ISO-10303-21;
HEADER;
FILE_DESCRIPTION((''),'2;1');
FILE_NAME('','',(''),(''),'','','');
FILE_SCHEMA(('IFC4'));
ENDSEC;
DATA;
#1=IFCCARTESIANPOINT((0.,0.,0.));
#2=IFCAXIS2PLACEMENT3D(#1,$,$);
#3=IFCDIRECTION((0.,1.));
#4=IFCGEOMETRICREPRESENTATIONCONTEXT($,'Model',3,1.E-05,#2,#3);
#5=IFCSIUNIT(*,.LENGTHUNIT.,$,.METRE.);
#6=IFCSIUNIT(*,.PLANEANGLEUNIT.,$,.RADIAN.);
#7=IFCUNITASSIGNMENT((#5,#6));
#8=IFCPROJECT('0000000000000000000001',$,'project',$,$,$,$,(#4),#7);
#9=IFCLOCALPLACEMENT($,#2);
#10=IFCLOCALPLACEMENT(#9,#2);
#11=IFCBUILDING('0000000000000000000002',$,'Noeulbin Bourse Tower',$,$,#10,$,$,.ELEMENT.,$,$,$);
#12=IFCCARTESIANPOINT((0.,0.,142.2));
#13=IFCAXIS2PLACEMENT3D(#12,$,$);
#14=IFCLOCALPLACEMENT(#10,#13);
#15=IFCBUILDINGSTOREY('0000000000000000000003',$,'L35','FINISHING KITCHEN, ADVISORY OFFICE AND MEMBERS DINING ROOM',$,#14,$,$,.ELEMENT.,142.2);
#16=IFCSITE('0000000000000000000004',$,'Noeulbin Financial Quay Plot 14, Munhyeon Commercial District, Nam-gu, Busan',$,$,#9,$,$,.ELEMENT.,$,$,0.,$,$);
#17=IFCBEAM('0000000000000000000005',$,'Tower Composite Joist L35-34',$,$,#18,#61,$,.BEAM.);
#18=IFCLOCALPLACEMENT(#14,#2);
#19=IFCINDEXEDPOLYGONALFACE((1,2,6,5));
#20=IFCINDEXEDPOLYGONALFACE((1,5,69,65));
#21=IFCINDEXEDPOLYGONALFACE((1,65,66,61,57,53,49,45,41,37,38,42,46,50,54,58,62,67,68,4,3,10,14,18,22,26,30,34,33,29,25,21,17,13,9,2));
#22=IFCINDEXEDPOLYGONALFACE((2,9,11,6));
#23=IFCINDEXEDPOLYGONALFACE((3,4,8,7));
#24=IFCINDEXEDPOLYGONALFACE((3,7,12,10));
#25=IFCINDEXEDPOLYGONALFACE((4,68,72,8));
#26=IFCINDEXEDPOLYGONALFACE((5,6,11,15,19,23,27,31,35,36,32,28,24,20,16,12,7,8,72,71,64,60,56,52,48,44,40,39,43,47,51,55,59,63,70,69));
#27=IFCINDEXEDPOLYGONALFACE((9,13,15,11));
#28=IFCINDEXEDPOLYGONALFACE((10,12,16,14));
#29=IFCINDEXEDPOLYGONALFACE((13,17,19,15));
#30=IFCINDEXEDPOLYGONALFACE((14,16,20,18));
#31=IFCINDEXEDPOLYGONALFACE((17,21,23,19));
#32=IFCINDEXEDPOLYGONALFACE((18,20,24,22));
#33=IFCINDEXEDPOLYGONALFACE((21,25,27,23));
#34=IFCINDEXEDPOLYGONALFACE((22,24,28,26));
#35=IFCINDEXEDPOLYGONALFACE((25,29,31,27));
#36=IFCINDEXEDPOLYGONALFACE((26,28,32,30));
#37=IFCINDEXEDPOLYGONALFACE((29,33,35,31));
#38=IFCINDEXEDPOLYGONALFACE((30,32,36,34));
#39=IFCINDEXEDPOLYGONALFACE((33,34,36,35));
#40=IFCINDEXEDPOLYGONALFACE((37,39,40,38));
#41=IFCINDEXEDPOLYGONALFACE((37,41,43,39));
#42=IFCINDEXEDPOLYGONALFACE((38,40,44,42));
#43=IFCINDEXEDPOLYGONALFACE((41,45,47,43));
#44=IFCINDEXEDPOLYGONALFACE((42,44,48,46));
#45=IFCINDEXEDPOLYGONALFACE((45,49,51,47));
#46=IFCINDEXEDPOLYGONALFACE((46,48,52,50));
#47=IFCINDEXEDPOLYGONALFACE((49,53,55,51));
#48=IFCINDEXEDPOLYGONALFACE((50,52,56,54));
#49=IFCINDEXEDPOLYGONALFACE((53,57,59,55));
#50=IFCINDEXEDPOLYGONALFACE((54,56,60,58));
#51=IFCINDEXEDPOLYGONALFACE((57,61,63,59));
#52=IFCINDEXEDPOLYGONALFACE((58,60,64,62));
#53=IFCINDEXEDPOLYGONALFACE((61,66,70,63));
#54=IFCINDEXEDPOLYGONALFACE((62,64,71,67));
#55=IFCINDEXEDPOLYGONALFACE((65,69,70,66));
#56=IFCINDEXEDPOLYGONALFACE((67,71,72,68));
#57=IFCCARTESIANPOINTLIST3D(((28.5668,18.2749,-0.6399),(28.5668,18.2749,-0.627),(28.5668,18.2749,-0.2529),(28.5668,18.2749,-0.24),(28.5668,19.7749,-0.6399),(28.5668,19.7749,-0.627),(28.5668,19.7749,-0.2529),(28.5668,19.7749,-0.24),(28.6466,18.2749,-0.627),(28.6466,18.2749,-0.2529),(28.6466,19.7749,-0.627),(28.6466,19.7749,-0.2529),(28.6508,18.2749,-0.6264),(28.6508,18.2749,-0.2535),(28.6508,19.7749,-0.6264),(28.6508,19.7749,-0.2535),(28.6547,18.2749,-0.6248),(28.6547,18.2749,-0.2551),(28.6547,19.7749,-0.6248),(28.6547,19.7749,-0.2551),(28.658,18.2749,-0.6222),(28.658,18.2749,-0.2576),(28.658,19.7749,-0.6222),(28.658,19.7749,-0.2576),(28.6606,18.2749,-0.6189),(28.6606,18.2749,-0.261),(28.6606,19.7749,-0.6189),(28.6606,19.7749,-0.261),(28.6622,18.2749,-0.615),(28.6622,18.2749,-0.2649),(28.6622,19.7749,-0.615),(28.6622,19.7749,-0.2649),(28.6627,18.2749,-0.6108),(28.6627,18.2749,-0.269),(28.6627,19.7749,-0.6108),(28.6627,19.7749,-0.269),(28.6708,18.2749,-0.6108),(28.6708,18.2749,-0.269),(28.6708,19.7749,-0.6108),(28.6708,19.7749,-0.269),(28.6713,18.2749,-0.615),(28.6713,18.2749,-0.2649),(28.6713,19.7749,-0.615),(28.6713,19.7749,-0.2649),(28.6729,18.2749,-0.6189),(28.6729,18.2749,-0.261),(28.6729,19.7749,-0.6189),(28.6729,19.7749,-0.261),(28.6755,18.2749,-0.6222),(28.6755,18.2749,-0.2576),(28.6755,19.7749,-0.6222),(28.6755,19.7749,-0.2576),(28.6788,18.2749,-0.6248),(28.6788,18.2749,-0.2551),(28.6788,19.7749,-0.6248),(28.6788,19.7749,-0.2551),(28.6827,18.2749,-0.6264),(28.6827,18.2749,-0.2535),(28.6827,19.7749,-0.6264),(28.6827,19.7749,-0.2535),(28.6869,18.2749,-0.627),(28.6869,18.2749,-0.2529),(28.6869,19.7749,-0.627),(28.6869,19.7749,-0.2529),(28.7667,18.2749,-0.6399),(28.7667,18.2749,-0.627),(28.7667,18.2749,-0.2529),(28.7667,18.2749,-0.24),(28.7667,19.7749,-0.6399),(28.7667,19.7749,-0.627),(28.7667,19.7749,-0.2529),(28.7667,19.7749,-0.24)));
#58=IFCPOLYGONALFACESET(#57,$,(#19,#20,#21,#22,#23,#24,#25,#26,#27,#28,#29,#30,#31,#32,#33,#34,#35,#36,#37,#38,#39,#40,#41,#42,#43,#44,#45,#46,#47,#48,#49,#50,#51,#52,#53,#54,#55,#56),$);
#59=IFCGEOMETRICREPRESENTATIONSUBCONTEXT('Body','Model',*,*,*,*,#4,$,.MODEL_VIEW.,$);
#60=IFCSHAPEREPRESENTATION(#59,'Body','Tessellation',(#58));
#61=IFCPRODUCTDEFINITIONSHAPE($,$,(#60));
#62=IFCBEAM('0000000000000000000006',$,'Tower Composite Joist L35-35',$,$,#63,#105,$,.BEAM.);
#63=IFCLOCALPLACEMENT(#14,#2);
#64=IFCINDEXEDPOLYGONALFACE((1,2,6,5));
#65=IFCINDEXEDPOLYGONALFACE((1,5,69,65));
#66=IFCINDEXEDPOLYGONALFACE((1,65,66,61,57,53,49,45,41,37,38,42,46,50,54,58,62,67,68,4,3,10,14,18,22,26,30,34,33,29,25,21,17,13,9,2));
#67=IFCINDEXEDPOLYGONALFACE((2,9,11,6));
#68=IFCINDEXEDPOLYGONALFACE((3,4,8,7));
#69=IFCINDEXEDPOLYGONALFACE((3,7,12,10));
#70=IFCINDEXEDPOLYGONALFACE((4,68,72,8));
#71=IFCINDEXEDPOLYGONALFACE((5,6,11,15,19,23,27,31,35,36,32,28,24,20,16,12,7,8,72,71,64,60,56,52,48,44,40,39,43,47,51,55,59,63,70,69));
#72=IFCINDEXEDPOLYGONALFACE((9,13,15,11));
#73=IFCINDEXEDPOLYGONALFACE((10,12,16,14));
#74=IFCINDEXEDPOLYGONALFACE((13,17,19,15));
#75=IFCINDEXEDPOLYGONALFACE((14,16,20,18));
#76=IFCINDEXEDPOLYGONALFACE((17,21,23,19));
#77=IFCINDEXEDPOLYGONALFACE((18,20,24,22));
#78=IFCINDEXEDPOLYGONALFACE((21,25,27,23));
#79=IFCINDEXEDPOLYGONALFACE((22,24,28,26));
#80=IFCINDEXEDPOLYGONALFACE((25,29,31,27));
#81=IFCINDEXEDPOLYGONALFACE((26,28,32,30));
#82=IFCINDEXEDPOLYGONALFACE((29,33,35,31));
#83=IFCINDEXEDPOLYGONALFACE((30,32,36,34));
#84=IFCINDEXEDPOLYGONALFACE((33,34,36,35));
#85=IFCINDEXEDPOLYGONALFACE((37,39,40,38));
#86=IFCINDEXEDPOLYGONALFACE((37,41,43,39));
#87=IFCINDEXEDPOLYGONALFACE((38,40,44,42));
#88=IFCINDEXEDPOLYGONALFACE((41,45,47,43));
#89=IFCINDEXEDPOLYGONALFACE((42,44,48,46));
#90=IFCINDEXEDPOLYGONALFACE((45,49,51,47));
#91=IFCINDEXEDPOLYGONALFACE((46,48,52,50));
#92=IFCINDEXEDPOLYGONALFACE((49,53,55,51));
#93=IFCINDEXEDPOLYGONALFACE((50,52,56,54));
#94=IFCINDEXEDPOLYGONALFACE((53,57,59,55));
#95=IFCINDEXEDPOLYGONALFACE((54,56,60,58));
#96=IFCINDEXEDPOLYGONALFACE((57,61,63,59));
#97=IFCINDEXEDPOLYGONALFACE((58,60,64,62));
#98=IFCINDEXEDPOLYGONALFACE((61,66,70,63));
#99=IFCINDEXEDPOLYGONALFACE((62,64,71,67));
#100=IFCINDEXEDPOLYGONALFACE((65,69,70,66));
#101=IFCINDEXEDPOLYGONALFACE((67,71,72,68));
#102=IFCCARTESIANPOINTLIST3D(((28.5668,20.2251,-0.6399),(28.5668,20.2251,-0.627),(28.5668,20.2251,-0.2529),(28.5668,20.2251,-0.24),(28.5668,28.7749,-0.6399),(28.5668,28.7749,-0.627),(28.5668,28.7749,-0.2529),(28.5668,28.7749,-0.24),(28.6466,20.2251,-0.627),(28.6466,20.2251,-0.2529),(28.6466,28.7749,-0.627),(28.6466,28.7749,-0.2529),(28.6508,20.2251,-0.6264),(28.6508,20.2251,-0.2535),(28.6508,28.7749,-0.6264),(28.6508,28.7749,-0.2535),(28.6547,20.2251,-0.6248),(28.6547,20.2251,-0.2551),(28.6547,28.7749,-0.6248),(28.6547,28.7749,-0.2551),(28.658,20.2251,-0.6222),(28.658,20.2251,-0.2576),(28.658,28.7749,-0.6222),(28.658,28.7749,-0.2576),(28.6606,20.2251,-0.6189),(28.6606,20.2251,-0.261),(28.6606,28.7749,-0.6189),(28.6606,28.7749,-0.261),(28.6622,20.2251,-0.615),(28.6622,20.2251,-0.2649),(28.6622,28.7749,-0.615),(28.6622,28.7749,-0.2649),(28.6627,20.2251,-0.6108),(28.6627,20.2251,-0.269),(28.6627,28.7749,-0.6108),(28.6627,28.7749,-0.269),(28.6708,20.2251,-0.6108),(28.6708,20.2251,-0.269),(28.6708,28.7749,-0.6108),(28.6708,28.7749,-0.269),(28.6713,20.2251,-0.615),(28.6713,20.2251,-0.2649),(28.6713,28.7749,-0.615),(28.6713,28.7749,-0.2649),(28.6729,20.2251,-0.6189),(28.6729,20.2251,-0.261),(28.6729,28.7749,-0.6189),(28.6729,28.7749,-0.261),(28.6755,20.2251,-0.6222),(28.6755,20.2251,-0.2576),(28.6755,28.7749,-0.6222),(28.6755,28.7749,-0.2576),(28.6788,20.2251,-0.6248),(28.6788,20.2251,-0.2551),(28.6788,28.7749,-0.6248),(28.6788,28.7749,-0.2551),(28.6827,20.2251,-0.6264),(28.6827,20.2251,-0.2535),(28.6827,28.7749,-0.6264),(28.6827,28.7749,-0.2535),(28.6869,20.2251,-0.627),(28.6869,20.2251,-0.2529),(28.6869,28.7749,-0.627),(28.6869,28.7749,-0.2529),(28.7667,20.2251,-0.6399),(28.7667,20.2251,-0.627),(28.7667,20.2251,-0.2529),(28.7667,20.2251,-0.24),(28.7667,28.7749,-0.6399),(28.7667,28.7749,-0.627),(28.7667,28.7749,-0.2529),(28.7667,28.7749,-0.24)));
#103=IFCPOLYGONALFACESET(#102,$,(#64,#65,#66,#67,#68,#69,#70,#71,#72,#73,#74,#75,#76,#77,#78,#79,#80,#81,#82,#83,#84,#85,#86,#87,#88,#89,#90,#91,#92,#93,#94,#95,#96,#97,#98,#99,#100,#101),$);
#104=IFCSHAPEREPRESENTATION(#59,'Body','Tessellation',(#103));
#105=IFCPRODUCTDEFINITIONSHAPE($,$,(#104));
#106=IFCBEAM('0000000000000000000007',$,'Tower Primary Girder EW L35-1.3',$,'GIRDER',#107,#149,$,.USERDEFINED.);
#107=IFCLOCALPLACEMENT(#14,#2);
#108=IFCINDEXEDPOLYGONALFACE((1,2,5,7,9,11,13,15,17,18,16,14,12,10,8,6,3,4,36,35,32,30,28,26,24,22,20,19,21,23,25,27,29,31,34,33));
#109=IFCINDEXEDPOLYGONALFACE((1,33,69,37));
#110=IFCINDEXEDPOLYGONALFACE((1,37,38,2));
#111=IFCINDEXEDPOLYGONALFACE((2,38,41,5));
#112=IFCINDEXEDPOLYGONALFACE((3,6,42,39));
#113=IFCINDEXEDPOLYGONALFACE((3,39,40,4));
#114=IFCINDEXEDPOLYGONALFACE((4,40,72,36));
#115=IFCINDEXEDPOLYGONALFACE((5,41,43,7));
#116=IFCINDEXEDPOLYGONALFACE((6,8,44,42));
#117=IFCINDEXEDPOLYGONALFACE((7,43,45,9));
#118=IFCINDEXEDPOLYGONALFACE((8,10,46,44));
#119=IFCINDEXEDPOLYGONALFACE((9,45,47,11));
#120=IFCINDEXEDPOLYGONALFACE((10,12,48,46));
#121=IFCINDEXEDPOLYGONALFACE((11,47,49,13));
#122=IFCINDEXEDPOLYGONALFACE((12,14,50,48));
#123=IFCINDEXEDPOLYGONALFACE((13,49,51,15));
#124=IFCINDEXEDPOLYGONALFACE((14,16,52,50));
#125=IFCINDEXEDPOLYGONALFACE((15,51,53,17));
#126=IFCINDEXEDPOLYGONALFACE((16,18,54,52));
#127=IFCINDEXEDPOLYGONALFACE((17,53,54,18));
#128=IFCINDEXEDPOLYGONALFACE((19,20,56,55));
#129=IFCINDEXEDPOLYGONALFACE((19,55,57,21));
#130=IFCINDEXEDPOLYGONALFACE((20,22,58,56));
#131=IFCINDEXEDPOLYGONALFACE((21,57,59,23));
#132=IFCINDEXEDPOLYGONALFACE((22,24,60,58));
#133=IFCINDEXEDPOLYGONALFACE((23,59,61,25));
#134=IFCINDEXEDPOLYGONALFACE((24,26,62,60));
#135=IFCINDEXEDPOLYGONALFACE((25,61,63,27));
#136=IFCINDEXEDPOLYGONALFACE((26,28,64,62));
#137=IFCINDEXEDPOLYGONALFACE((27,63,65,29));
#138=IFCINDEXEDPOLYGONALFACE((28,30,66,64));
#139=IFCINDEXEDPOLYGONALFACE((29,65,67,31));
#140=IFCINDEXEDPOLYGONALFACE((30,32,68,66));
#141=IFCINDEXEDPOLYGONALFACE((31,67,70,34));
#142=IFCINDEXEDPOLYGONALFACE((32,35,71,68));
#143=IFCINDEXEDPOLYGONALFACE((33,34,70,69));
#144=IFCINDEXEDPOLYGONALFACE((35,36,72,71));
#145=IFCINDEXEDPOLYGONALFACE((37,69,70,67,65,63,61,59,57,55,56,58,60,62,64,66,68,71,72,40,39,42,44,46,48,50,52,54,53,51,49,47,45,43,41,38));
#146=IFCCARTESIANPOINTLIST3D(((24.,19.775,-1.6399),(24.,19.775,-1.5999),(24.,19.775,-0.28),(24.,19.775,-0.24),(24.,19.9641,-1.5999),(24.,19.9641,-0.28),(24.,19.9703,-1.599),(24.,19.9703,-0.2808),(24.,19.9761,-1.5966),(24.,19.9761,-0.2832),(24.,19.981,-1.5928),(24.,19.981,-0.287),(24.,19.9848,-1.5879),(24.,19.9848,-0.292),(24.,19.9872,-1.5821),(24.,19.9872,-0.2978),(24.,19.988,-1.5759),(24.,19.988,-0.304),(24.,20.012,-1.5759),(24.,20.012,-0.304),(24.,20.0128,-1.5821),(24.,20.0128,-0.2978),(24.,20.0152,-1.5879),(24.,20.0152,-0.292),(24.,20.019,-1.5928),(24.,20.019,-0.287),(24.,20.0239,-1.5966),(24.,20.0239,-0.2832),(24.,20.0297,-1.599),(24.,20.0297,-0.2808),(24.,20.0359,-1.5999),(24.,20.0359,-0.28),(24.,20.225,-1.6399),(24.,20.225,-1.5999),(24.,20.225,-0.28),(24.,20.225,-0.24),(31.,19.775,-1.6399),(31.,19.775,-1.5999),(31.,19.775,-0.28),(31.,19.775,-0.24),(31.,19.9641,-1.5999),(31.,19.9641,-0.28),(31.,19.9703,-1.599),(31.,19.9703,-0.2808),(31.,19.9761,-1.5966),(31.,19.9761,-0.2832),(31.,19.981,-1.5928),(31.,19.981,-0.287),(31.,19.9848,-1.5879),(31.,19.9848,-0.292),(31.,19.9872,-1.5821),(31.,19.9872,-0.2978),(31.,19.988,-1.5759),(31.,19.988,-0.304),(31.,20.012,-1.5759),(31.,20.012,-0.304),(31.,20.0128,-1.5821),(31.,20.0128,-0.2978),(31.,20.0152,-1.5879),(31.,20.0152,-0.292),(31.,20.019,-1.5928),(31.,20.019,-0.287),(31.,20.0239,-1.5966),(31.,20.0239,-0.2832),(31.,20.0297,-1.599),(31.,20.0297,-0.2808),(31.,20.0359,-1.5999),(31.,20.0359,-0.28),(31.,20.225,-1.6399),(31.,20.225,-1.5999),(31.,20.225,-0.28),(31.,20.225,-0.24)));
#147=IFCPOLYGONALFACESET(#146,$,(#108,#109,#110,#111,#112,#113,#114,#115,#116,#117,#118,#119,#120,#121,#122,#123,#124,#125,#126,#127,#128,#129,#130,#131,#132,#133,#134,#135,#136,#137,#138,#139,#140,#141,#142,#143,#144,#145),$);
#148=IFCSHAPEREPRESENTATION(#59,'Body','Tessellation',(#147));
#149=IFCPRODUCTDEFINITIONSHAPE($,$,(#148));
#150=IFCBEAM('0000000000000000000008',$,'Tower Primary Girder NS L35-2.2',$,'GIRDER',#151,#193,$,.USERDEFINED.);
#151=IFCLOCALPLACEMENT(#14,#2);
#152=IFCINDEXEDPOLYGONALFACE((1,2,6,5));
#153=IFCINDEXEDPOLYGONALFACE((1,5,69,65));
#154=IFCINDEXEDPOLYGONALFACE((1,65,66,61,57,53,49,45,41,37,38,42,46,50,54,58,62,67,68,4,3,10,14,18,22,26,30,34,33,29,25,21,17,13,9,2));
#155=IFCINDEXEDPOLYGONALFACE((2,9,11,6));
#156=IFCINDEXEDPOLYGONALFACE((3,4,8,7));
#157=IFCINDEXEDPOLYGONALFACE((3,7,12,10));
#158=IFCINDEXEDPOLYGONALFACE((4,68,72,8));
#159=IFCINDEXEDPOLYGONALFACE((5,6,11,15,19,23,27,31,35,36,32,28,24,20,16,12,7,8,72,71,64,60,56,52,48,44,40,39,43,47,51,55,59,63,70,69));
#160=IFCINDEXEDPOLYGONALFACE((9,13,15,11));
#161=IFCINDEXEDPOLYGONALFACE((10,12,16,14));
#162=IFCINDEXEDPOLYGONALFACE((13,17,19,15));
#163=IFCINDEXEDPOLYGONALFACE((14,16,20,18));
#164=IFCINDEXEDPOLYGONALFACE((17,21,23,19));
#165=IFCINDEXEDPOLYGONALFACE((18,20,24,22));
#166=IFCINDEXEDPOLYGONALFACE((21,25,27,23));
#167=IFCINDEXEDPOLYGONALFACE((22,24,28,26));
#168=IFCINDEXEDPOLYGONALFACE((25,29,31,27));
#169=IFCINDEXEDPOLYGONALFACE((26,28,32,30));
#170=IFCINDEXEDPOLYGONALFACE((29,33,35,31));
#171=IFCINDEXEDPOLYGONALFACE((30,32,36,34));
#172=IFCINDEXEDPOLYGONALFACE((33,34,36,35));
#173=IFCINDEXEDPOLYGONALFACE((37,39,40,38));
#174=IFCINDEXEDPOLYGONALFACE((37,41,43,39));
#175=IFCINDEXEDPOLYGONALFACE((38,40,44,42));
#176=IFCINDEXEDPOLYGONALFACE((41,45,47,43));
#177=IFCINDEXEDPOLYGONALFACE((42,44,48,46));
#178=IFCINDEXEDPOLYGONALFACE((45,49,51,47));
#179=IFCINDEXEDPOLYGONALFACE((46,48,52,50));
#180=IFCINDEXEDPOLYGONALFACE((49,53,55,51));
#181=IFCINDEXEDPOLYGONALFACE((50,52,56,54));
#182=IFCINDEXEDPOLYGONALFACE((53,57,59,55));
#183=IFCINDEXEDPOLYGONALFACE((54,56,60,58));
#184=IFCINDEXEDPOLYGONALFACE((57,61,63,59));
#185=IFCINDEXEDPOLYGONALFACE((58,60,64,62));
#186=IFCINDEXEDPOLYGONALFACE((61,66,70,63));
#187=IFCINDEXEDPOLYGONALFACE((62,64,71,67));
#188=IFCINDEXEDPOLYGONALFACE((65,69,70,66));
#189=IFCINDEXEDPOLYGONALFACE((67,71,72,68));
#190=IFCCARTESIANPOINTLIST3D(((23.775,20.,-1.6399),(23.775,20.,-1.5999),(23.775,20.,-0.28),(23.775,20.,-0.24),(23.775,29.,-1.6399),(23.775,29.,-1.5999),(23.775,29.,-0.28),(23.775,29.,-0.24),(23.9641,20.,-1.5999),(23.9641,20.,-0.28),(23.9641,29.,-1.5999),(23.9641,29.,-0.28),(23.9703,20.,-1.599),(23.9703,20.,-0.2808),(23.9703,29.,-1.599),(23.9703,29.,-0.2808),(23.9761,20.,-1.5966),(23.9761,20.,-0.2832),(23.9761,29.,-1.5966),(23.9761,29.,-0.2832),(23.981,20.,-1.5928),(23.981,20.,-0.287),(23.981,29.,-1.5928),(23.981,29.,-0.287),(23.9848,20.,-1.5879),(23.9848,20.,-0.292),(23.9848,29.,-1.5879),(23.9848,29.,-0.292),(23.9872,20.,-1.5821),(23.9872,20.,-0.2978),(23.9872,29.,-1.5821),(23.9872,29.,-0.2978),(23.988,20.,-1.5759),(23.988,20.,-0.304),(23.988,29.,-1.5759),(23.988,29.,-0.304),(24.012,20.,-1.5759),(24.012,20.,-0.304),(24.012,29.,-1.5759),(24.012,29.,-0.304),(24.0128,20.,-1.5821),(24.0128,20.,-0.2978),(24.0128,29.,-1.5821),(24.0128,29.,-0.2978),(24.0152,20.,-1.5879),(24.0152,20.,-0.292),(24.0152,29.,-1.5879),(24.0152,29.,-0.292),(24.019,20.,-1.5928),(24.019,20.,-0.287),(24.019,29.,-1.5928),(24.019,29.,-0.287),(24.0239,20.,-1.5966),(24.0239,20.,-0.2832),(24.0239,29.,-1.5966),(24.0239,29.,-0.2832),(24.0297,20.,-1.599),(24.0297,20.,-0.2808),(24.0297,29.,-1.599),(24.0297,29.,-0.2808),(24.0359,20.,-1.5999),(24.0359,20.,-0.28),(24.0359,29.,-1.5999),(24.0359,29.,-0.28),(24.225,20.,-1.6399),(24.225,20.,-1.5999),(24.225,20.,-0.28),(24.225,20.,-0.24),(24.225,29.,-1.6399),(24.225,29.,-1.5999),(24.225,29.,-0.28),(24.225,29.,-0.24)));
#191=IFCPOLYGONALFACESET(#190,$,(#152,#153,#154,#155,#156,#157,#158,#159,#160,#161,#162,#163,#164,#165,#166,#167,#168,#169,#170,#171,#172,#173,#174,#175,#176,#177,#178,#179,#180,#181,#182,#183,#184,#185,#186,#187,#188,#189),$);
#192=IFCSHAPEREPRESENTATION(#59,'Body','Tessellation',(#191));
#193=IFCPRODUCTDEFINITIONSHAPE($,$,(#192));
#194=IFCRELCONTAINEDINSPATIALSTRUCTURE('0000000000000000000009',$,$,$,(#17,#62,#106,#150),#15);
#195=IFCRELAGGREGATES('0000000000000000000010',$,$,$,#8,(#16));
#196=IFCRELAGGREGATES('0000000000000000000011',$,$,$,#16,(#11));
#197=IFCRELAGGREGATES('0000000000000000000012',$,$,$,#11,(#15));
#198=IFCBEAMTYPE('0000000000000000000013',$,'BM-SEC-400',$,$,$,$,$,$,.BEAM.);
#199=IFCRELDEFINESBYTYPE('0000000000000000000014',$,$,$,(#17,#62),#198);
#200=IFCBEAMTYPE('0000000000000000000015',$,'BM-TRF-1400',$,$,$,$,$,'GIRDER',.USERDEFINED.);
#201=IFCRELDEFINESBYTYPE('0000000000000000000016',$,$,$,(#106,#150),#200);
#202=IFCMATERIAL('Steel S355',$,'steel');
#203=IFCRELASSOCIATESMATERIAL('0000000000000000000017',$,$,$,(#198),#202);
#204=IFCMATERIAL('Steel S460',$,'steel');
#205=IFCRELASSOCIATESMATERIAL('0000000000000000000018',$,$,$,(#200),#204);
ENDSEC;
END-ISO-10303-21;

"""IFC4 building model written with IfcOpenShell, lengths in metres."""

from ifc_helpers import new_model, si_unit, direction, frame, origin, origin_2d, place, context, subcontext, project, spatial, i_section, extrude, material, material_profile, profile_set, type_object, element, save


model = new_model("IFC4")

# Units and contexts
model_context = context("Model", 3, precision=1e-05, world=origin(), true_north=direction((0.0, 1.0)))
body_context = subcontext(model_context, "Body", "Model", "MODEL_VIEW")
ifc_project = project(units=[si_unit("LENGTHUNIT", "METRE"), si_unit("PLANEANGLEUNIT", "RADIAN")], contexts=[model_context])

# Site, building, storey
site_placement = place(None, origin())
site = spatial("IfcSite", under=ifc_project, at=site_placement, Name="Noeulbin Financial Quay Plot 14, Munhyeon Commercial District, Nam-gu, Busan", CompositionType="ELEMENT", RefElevation=0.0)
building_placement = place(site_placement, origin())
building = spatial("IfcBuilding", under=site, at=building_placement, Name="Noeulbin Bourse Tower", CompositionType="ELEMENT")
storey_placement = place(building_placement, frame((0.0, 0.0, 142.2)))
storey = spatial("IfcBuildingStorey", under=building, at=storey_placement, Name="L35", Description="FINISHING KITCHEN, ADVISORY OFFICE AND MEMBERS DINING ROOM", CompositionType="ELEMENT", Elevation=142.2)

# Beams
ifc_material_1 = material(Name="Steel S355", Category="steel")
ifc_material_profile_1 = material_profile(ifc_material_1, i_section(OverallWidth=0.2, OverallDepth=0.3999, WebThickness=0.0081, FlangeThickness=0.0129, FilletRadius=0.0161, at=origin_2d()), Name="H-400x200x8x13", Category="LoadBearing")
ifc_profile_set_1 = profile_set([ifc_material_profile_1], Name="Steel S355")
beam_type_1 = type_object("IfcBeamType", Name="BM-SEC-400", PredefinedType="BEAM", material=ifc_profile_set_1)
beam_1_placement = place(storey_placement, frame((28.6667, 18.2749, -0.4399), z_axis=(0.0, 1.0, 0.0), x_axis=(-1.0, 0.0, 0.0)))
element("IfcBeam", 1, at=beam_1_placement, inside=storey, type_object=beam_type_1, Name="Tower Composite Joist L35-34", PredefinedType="BEAM", context=body_context, shape_type="SweptSolid", body=[
    extrude(i_section(OverallWidth=0.2, OverallDepth=0.3999, WebThickness=0.0081, FlangeThickness=0.0129, FilletRadius=0.0161, at=origin_2d()), origin(), (0.0, 0.0, 1.0), 1.5),
])
beam_2_placement = place(storey_placement, frame((28.6667, 20.2251, -0.4399), z_axis=(0.0, 1.0, 0.0), x_axis=(-1.0, 0.0, 0.0)))
element("IfcBeam", 2, at=beam_2_placement, inside=storey, type_object=beam_type_1, Name="Tower Composite Joist L35-35", PredefinedType="BEAM", context=body_context, shape_type="SweptSolid", body=[
    extrude(i_section(OverallWidth=0.2, OverallDepth=0.3999, WebThickness=0.0081, FlangeThickness=0.0129, FilletRadius=0.0161, at=origin_2d()), origin(), (0.0, 0.0, 1.0), 8.5498),
])
ifc_material_2 = material(Name="Steel S460", Category="steel")
ifc_material_profile_2 = material_profile(ifc_material_2, i_section(OverallWidth=0.45, OverallDepth=1.3999, WebThickness=0.0239, FlangeThickness=0.04, FilletRadius=0.0239, at=origin_2d()), Name="PG-1400x450x24x40", Category="LoadBearing")
ifc_profile_set_2 = profile_set([ifc_material_profile_2], Name="Steel S460")
beam_type_2 = type_object("IfcBeamType", Name="BM-TRF-1400", ElementType="GIRDER", PredefinedType="USERDEFINED", material=ifc_profile_set_2)
beam_3_placement = place(storey_placement, frame((24.0, 20.0, -0.9399), z_axis=(1.0, 0.0, 0.0), x_axis=(0.0, 1.0, 0.0)))
element("IfcBeam", 3, at=beam_3_placement, inside=storey, type_object=beam_type_2, Name="Tower Primary Girder EW L35-1.3", ObjectType="GIRDER", PredefinedType="USERDEFINED", context=body_context, shape_type="SweptSolid", body=[
    extrude(i_section(OverallWidth=0.45, OverallDepth=1.3999, WebThickness=0.0239, FlangeThickness=0.04, FilletRadius=0.0239, at=origin_2d()), origin(), (0.0, 0.0, 1.0), 7.0),
])
beam_4_placement = place(storey_placement, frame((24.0, 20.0, -0.9399), z_axis=(0.0, 1.0, 0.0), x_axis=(-1.0, 0.0, 0.0)))
element("IfcBeam", 4, at=beam_4_placement, inside=storey, type_object=beam_type_2, Name="Tower Primary Girder NS L35-2.2", ObjectType="GIRDER", PredefinedType="USERDEFINED", context=body_context, shape_type="SweptSolid", body=[
    extrude(i_section(OverallWidth=0.45, OverallDepth=1.3999, WebThickness=0.0239, FlangeThickness=0.04, FilletRadius=0.0239, at=origin_2d()), origin(), (0.0, 0.0, 1.0), 9.0),
])

save(model, "model.ifc")
